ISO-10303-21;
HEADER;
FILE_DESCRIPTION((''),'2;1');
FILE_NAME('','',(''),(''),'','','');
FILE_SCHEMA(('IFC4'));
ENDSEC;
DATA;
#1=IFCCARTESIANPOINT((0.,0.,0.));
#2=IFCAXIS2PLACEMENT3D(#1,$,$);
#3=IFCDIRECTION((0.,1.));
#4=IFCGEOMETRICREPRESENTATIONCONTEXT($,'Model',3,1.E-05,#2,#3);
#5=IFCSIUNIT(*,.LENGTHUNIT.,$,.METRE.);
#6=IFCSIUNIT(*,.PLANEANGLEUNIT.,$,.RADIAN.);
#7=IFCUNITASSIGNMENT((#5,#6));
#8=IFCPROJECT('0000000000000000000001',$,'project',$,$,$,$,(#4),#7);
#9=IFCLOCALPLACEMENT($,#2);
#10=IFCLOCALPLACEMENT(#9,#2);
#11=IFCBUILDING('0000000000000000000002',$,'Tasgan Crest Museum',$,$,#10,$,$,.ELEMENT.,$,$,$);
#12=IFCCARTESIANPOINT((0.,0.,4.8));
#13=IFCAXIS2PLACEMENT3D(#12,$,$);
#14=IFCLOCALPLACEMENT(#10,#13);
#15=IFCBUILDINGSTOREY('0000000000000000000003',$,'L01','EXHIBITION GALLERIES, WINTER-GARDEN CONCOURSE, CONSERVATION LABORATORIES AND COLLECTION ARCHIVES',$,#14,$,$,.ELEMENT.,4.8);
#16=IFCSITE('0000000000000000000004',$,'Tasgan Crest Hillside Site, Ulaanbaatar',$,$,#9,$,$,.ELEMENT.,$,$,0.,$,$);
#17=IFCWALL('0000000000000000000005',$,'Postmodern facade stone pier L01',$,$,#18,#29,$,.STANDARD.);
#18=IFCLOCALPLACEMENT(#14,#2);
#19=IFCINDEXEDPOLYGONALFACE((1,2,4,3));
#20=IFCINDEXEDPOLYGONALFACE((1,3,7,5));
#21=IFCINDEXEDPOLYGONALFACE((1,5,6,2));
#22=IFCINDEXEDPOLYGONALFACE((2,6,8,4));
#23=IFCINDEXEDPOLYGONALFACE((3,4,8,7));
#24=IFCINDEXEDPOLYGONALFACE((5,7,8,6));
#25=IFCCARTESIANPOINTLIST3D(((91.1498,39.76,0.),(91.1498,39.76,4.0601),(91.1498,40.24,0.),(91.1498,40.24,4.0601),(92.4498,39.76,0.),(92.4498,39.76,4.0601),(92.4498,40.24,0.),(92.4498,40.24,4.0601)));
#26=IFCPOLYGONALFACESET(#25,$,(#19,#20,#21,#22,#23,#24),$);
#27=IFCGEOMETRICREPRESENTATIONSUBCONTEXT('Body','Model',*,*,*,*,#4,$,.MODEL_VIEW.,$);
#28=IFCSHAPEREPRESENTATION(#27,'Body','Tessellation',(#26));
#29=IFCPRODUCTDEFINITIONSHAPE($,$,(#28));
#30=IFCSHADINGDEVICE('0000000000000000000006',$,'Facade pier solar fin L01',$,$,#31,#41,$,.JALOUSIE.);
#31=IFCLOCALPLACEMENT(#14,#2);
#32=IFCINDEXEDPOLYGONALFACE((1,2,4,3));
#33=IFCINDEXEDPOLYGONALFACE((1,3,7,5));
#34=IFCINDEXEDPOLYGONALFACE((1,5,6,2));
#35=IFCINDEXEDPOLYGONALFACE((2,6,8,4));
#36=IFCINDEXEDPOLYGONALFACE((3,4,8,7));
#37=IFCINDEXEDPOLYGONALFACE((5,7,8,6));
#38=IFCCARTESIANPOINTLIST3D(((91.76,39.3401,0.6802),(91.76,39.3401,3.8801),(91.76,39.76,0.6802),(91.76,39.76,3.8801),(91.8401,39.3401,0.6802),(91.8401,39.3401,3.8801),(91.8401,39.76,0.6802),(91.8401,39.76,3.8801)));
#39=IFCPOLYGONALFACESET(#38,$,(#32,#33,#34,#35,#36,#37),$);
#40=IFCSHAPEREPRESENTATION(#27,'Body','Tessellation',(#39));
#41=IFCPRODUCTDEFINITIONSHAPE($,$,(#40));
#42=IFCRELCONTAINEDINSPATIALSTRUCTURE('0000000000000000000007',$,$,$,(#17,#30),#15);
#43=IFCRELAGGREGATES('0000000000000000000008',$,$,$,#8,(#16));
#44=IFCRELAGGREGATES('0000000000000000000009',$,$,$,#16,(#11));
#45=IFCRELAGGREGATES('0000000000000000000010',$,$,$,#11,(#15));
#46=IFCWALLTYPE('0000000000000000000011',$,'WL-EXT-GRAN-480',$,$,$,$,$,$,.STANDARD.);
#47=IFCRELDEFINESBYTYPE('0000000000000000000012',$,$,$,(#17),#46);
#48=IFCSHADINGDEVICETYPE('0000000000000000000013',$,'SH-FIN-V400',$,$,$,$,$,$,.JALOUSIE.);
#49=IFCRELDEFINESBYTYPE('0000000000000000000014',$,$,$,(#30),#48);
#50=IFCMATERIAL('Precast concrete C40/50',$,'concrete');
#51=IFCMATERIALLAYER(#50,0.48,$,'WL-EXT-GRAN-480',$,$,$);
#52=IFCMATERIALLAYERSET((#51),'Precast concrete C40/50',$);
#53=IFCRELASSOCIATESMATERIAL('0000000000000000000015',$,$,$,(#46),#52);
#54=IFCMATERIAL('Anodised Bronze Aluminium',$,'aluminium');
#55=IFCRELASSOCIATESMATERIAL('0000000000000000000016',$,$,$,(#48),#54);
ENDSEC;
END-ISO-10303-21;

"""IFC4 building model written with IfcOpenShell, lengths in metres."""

from ifc_helpers import new_model, si_unit, direction, frame, frame_2d, origin, origin_2d, place, context, subcontext, project, spatial, rectangle, extrude, material, layer, layer_set, type_object, element, save


model = new_model("IFC4")

# Units and contexts
model_context = context("Model", 3, precision=1e-05, world=origin(), true_north=direction((0.0, 1.0)))
body_context = subcontext(model_context, "Body", "Model", "MODEL_VIEW")
ifc_project = project(units=[si_unit("LENGTHUNIT", "METRE"), si_unit("PLANEANGLEUNIT", "RADIAN")], contexts=[model_context])

# Site, building, storey
site_placement = place(None, origin())
site = spatial("IfcSite", under=ifc_project, at=site_placement, Name="Tasgan Crest Hillside Site, Ulaanbaatar", CompositionType="ELEMENT", RefElevation=0.0)
building_placement = place(site_placement, origin())
building = spatial("IfcBuilding", under=site, at=building_placement, Name="Tasgan Crest Museum", CompositionType="ELEMENT")
storey_placement = place(building_placement, frame((0.0, 0.0, 4.8)))
storey = spatial("IfcBuildingStorey", under=building, at=storey_placement, Name="L01", Description="EXHIBITION GALLERIES, WINTER-GARDEN CONCOURSE, CONSERVATION LABORATORIES AND COLLECTION ARCHIVES", CompositionType="ELEMENT", Elevation=4.8)

# Wall
ifc_material_1 = material(Name="Precast concrete C40/50", Category="concrete")
ifc_layer_1 = layer(ifc_material_1, 0.48, Name="WL-EXT-GRAN-480")
ifc_layer_set_1 = layer_set([ifc_layer_1], Name="Precast concrete C40/50")
wall_type = type_object("IfcWallType", Name="WL-EXT-GRAN-480", PredefinedType="STANDARD", material=ifc_layer_set_1)
wall_placement = place(storey_placement, frame((91.1499, 40.0, 0.0), z_axis=(0.0, 0.0, 1.0), x_axis=(1.0, 0.0, 0.0)))
element("IfcWall", 1, at=wall_placement, inside=storey, type_object=wall_type, Name="Postmodern facade stone pier L01", PredefinedType="STANDARD", context=body_context, shape_type="SweptSolid", body=[
    extrude(rectangle(XDim=1.3, YDim=0.48, at=frame_2d((0.6499, 0.0))), origin(), (0.0, 0.0, 1.0), 4.0601),
])

# Shading device
ifc_material_2 = material(Name="Anodised Bronze Aluminium", Category="aluminium")
shading_device_type = type_object("IfcShadingDeviceType", Name="SH-FIN-V400", PredefinedType="JALOUSIE", material=ifc_material_2)
shading_device_placement = place(storey_placement, frame((91.8, 39.55, 0.6802), z_axis=(0.0, 0.0, 1.0), x_axis=(1.0, 0.0, 0.0)))
element("IfcShadingDevice", 2, at=shading_device_placement, inside=storey, type_object=shading_device_type, Name="Facade pier solar fin L01", PredefinedType="JALOUSIE", context=body_context, shape_type="SweptSolid", body=[
    extrude(rectangle(XDim=0.0801, YDim=0.4199, at=origin_2d()), origin(), (0.0, 0.0, 1.0), 3.2),
])

save(model, "model.ifc")
